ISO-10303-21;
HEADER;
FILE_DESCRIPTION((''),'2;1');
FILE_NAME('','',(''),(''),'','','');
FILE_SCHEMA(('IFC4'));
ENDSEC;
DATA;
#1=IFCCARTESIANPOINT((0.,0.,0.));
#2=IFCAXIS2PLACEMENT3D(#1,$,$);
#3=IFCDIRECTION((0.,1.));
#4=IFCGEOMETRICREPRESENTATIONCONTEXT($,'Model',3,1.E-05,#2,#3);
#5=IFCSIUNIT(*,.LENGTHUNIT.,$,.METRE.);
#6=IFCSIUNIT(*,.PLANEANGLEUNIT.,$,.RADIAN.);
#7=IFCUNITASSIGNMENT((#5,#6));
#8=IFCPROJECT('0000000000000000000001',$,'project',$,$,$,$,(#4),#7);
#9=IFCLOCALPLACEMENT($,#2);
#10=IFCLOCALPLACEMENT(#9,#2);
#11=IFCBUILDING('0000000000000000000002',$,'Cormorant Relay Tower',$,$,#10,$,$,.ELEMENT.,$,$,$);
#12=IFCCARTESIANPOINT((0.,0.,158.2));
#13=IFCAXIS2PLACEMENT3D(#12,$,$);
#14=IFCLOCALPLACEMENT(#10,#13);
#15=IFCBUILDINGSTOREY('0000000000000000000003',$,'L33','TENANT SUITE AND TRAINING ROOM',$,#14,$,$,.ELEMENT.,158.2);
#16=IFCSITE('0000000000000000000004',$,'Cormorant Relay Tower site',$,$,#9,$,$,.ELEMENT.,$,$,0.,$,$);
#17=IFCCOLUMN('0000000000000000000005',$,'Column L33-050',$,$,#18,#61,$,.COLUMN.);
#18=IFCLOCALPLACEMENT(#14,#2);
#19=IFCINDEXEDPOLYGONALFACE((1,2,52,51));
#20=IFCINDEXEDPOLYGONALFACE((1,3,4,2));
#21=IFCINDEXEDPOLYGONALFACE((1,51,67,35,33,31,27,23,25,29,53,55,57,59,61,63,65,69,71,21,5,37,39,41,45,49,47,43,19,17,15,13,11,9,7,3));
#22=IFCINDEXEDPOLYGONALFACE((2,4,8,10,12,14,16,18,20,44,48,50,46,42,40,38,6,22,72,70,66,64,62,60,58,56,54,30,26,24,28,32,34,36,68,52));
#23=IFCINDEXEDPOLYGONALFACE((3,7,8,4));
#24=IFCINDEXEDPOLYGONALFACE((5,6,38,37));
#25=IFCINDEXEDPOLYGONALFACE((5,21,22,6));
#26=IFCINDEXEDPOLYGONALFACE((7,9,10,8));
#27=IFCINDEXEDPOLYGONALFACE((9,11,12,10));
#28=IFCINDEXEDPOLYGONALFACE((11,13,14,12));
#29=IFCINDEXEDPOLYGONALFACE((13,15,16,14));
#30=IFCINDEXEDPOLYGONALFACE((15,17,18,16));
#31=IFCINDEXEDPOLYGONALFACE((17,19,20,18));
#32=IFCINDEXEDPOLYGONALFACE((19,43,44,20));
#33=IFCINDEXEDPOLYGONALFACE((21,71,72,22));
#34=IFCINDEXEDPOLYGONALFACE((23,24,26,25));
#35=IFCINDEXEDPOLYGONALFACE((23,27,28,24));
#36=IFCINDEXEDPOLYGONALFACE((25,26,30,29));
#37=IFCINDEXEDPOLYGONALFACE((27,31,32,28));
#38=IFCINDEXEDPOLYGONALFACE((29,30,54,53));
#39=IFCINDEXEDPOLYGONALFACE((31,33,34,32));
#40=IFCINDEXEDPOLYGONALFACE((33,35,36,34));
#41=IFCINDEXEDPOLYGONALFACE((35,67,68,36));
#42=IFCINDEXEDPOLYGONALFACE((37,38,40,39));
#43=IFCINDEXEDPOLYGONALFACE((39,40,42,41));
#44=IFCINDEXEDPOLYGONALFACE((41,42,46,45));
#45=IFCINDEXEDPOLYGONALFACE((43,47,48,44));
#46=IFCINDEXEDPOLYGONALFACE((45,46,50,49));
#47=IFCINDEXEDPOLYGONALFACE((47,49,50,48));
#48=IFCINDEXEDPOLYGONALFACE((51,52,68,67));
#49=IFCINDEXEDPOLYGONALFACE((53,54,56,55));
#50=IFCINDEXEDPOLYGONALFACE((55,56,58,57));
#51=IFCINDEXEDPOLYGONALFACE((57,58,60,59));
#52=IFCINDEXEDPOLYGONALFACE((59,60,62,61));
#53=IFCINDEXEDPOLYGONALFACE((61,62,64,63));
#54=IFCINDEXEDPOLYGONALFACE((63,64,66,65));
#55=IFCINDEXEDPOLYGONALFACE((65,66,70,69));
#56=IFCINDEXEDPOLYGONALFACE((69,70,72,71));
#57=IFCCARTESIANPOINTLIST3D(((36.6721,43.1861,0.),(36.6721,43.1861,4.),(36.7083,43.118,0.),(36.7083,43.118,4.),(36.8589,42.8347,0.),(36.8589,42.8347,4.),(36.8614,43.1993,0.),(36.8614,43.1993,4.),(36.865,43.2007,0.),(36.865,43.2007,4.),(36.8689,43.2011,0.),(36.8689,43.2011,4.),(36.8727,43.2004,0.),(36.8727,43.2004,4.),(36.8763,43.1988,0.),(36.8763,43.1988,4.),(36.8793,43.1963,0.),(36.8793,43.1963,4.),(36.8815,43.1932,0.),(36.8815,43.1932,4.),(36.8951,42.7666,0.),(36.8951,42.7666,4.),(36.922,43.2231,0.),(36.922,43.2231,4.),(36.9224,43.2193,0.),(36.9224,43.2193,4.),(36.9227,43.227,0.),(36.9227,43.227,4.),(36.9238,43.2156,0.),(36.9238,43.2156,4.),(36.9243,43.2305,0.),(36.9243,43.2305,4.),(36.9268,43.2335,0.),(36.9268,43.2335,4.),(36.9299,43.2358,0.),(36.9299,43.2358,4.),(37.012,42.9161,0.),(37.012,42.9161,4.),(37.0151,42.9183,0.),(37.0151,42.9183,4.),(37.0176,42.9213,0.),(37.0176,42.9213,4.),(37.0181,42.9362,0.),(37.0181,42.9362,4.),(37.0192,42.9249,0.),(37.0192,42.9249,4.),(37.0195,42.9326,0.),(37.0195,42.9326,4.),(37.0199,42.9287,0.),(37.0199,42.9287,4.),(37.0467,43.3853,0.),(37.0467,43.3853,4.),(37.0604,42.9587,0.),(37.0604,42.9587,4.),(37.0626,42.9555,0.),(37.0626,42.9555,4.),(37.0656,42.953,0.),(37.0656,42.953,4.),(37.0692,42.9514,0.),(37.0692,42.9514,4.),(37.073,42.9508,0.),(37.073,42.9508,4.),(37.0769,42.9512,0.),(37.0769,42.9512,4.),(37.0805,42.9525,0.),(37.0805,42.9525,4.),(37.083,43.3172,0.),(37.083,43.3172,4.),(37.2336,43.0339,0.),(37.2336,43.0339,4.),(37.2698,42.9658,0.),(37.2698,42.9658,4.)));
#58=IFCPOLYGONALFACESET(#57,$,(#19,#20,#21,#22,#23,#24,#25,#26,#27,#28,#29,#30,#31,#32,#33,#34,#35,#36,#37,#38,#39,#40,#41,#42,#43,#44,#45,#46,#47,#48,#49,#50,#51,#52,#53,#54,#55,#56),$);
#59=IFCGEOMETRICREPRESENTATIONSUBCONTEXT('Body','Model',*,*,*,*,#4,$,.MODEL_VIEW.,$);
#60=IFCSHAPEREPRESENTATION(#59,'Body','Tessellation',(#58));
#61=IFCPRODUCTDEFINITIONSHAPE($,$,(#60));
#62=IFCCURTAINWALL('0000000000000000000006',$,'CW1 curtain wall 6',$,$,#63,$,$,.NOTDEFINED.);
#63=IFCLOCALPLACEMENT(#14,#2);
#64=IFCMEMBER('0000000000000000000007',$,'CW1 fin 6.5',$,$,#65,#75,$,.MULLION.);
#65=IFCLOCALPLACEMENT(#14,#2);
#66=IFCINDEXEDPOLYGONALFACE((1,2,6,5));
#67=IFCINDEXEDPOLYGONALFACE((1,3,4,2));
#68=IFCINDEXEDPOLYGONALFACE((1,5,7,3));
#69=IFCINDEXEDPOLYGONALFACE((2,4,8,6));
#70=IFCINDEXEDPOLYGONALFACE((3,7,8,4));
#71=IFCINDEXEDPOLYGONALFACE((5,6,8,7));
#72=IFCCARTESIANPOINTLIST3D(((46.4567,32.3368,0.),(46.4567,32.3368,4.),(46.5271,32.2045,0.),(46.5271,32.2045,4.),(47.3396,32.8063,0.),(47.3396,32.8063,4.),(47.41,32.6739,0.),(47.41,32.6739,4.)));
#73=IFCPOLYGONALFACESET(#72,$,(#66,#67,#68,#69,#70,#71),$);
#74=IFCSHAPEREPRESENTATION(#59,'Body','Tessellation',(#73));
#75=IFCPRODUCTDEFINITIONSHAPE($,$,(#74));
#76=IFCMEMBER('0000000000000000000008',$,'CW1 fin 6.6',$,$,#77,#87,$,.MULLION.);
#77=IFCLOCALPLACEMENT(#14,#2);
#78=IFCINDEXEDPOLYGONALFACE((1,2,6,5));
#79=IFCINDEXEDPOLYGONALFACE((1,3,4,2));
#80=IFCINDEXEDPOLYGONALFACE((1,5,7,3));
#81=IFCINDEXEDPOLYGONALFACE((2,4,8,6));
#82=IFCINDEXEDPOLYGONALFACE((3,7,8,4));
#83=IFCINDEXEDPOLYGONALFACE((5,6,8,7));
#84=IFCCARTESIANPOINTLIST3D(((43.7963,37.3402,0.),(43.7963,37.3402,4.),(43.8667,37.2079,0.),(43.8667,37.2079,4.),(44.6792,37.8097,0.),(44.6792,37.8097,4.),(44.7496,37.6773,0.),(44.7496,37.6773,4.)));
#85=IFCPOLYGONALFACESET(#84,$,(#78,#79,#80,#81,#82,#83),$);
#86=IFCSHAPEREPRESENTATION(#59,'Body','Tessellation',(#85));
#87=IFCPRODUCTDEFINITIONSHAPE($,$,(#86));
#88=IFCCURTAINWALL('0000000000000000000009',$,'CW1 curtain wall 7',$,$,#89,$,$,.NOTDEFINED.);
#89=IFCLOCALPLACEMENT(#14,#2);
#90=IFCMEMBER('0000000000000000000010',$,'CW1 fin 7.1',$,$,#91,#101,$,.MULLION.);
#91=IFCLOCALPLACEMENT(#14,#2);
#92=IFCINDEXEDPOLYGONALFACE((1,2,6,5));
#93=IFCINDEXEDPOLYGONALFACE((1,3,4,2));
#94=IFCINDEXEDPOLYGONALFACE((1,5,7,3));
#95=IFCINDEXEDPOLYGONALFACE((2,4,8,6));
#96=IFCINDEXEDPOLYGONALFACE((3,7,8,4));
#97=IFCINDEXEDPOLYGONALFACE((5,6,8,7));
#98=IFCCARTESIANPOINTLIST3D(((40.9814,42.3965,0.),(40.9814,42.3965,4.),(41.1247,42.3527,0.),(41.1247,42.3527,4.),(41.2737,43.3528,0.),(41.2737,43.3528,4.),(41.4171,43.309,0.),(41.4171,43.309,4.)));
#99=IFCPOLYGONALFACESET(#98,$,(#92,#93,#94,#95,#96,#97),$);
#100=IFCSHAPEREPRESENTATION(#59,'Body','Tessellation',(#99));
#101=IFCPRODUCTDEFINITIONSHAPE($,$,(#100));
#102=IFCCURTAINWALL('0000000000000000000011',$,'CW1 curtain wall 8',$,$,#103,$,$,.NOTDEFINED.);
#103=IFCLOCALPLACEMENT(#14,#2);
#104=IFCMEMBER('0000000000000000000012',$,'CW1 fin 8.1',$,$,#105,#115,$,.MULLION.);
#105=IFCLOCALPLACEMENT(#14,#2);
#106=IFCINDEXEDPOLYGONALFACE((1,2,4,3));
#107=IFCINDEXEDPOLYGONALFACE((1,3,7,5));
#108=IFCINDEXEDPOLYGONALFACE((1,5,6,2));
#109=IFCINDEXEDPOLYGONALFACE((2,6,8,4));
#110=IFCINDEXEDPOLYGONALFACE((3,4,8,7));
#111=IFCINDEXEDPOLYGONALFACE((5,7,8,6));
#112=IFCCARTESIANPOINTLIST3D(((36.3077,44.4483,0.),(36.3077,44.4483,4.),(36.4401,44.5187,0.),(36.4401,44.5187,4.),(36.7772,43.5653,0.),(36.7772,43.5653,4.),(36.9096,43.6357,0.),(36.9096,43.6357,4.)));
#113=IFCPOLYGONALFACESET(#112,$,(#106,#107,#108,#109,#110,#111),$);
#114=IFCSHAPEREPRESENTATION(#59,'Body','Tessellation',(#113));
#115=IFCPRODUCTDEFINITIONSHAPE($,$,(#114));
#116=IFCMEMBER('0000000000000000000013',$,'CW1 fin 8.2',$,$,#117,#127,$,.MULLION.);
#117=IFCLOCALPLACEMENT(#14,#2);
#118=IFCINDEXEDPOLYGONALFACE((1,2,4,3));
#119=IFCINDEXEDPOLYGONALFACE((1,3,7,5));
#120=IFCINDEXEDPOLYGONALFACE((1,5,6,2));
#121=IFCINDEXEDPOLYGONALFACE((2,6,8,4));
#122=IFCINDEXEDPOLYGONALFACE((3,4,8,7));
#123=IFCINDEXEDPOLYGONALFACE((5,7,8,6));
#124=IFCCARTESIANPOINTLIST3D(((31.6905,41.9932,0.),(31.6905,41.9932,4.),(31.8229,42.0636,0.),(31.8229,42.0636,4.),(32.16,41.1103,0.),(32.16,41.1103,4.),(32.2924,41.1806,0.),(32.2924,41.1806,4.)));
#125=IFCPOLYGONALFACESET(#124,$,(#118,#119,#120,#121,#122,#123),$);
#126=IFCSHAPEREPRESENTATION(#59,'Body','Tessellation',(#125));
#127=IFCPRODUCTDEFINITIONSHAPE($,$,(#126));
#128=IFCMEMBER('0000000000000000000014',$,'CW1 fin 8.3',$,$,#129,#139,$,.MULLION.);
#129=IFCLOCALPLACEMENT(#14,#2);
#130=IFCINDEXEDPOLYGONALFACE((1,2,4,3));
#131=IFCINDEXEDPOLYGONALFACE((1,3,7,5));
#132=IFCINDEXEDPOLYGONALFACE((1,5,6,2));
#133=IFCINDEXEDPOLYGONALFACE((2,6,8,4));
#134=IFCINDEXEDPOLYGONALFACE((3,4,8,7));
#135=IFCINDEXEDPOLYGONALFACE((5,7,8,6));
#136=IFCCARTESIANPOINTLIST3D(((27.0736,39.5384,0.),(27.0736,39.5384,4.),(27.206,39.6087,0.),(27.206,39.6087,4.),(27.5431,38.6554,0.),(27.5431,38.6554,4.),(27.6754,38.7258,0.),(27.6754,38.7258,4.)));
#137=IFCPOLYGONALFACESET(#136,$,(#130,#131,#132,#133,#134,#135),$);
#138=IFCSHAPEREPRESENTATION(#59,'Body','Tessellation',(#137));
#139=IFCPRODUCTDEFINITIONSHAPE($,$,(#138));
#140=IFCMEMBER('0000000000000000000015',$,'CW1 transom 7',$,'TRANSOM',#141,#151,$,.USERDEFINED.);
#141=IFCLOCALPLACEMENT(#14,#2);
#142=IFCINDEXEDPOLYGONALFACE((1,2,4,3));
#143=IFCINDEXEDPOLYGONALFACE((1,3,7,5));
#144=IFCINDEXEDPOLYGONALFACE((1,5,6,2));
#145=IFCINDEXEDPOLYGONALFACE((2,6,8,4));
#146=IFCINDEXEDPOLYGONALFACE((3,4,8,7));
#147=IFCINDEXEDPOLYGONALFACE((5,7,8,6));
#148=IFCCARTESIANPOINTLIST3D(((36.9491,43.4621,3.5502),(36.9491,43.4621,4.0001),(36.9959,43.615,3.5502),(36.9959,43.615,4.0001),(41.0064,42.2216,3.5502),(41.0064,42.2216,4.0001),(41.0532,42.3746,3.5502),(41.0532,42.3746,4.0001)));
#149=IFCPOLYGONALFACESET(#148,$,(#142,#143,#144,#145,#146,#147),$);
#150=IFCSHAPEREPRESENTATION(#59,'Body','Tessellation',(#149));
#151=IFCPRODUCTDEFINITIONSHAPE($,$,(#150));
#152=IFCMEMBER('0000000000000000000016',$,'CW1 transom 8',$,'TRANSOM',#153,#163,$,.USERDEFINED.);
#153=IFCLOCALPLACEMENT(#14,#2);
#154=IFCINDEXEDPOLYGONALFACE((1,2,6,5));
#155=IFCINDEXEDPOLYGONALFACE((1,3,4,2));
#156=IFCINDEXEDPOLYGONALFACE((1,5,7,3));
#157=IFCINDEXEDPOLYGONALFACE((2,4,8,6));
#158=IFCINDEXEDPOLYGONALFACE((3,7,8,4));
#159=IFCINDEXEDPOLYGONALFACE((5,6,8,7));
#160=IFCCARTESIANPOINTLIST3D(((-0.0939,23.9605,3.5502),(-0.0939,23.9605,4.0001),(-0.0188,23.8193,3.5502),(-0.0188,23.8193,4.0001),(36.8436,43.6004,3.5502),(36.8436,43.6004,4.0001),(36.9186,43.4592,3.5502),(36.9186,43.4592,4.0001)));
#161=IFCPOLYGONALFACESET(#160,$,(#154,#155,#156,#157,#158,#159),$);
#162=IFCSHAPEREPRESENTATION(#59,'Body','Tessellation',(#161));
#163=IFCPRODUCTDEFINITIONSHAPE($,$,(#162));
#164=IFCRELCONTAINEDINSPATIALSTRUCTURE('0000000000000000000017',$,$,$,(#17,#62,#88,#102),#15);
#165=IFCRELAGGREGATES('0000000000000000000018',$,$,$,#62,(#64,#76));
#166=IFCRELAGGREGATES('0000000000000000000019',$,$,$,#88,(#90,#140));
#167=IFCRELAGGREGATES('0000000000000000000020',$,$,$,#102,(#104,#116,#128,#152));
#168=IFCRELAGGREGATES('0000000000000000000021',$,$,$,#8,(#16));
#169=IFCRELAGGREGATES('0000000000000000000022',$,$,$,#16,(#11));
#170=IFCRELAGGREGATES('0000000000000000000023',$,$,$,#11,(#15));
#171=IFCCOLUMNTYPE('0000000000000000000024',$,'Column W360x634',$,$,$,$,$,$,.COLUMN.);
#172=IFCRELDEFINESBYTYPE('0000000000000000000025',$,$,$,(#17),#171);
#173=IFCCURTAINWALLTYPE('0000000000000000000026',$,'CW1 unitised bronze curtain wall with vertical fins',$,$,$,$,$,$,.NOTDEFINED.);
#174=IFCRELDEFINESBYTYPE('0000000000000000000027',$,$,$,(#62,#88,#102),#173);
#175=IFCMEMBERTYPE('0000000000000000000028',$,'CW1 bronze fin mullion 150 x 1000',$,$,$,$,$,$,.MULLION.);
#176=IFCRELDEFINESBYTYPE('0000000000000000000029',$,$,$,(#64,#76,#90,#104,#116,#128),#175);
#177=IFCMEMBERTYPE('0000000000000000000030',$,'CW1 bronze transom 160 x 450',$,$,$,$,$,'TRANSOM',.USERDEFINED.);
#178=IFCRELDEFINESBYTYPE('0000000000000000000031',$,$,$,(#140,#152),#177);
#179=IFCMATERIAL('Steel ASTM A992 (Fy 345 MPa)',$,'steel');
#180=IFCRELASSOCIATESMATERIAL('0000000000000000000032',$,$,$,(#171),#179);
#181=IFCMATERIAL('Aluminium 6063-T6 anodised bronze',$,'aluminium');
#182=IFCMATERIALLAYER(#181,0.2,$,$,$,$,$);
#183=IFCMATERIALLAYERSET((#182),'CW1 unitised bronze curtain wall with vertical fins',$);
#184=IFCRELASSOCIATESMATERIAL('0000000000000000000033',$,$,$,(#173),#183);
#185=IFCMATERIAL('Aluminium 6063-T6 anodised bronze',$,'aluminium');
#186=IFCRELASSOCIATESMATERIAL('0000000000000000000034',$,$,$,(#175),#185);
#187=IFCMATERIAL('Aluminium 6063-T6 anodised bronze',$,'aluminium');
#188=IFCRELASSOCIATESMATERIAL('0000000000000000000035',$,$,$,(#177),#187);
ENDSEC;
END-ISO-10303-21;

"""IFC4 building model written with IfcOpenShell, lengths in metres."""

from ifc_helpers import new_model, si_unit, direction, frame, origin, origin_2d, place, context, subcontext, project, spatial, rectangle, i_section, extrude, material, layer, layer_set, material_profile, profile_set, type_object, element, aggregate, save


model = new_model("IFC4")

# Units and contexts
model_context = context("Model", 3, precision=1e-05, world=origin(), true_north=direction((0.0, 1.0)))
body_context = subcontext(model_context, "Body", "Model", "MODEL_VIEW")
ifc_project = project(units=[si_unit("LENGTHUNIT", "METRE"), si_unit("PLANEANGLEUNIT", "RADIAN")], contexts=[model_context])

# Site, building, storey
site_placement = place(None, origin())
site = spatial("IfcSite", under=ifc_project, at=site_placement, Name="Cormorant Relay Tower site", CompositionType="ELEMENT", RefElevation=0.0)
building_placement = place(site_placement, origin())
building = spatial("IfcBuilding", under=site, at=building_placement, Name="Cormorant Relay Tower", CompositionType="ELEMENT")
storey_placement = place(building_placement, frame((0.0, 0.0, 158.2)))
storey = spatial("IfcBuildingStorey", under=building, at=storey_placement, Name="L33", Description="TENANT SUITE AND TRAINING ROOM", CompositionType="ELEMENT", Elevation=158.2)

# Column
ifc_material_1 = material(Name="Steel ASTM A992 (Fy 345 MPa)", Category="steel")
ifc_material_profile_1 = material_profile(ifc_material_1, i_section(OverallWidth=0.4243, OverallDepth=0.4751, WebThickness=0.0479, FlangeThickness=0.0771, FilletRadius=0.0149, at=origin_2d()), Name="W360x634")
ifc_profile_set_1 = profile_set([ifc_material_profile_1], Name="Steel ASTM A992 (Fy 345 MPa)")
column_type_1 = type_object("IfcColumnType", Name="Column W360x634", PredefinedType="COLUMN", material=ifc_profile_set_1)
for number, where, z_axis, x_axis, name in (
    (1, (36.9709, 43.0759, 0.0), (0.0, 0.0, 1.0), (-0.882948, -0.469472, 0.0), "Column L33-050"),
):
    element("IfcColumn", number, at=place(storey_placement, frame(where, z_axis=z_axis, x_axis=x_axis)), inside=storey, type_object=column_type_1, Name=name, PredefinedType="COLUMN", context=body_context, shape_type="SweptSolid", body=[
        extrude(i_section(OverallWidth=0.4243, OverallDepth=0.4751, WebThickness=0.0479, FlangeThickness=0.0771, FilletRadius=0.0149, at=origin_2d()), origin(), (0.0, 0.0, 1.0), 4.0),
    ])

# Curtain wall, members
ifc_material_2 = material(Name="Aluminium 6063-T6 anodised bronze", Category="aluminium")
ifc_layer_1 = layer(ifc_material_2, 0.2)
ifc_layer_set_1 = layer_set([ifc_layer_1], Name="CW1 unitised bronze curtain wall with vertical fins")
curtain_wall_type = type_object("IfcCurtainWallType", Name="CW1 unitised bronze curtain wall with vertical fins", PredefinedType="NOTDEFINED", material=ifc_layer_set_1)
curtain_wall_1_placement = place(storey_placement, origin())
curtain_wall_1 = element("IfcCurtainWall", 2, at=curtain_wall_1_placement, inside=storey, type_object=curtain_wall_type, Name="CW1 curtain wall 6", PredefinedType="NOTDEFINED")
ifc_material_3 = material(Name="Aluminium 6063-T6 anodised bronze", Category="aluminium")
ifc_material_profile_2 = material_profile(ifc_material_3, rectangle(XDim=0.1499, YDim=1.0, at=origin_2d()), Name="AL 150x1000")
ifc_profile_set_2 = profile_set([ifc_material_profile_2], Name="Aluminium 6063-T6 anodised bronze")
member_type_1 = type_object("IfcMemberType", Name="CW1 bronze fin mullion 150 x 1000", PredefinedType="MULLION", material=ifc_profile_set_2)
member_1_placement = place(storey_placement, frame((46.9333, 32.5054, 0.0), z_axis=(0.0, 0.0, 1.0), x_axis=(-0.469472, 0.882948, 0.0)))
member_1 = element("IfcMember", 3, at=member_1_placement, type_object=member_type_1, Name="CW1 fin 6.5", PredefinedType="MULLION", context=body_context, shape_type="SweptSolid", body=[
    extrude(rectangle(XDim=0.1499, YDim=1.0, at=origin_2d()), origin(), (0.0, 0.0, 1.0), 4.0),
])
member_2_placement = place(storey_placement, frame((44.2729, 37.5088, 0.0), z_axis=(0.0, 0.0, 1.0), x_axis=(-0.469472, 0.882948, 0.0)))
member_2 = element("IfcMember", 4, at=member_2_placement, type_object=member_type_1, Name="CW1 fin 6.6", PredefinedType="MULLION", context=body_context, shape_type="SweptSolid", body=[
    extrude(rectangle(XDim=0.1499, YDim=1.0, at=origin_2d()), origin(), (0.0, 0.0, 1.0), 4.0),
])

# Curtain wall, member
curtain_wall_2_placement = place(storey_placement, origin())
curtain_wall_2 = element("IfcCurtainWall", 5, at=curtain_wall_2_placement, inside=storey, type_object=curtain_wall_type, Name="CW1 curtain wall 7", PredefinedType="NOTDEFINED")
member_3_placement = place(storey_placement, frame((41.1992, 42.8528, 0.0), z_axis=(0.0, 0.0, 1.0), x_axis=(-0.956305, 0.292372, 0.0)))
member_3 = element("IfcMember", 6, at=member_3_placement, type_object=member_type_1, Name="CW1 fin 7.1", PredefinedType="MULLION", context=body_context, shape_type="SweptSolid", body=[
    extrude(rectangle(XDim=0.1499, YDim=1.0, at=origin_2d()), origin(), (0.0, 0.0, 1.0), 4.0),
])

# Curtain wall, members
curtain_wall_3_placement = place(storey_placement, origin())
curtain_wall_3 = element("IfcCurtainWall", 7, at=curtain_wall_3_placement, inside=storey, type_object=curtain_wall_type, Name="CW1 curtain wall 8", PredefinedType="NOTDEFINED")
member_4_placement = place(storey_placement, frame((36.6086, 44.042, 0.0), z_axis=(0.0, 0.0, 1.0), x_axis=(-0.882948, -0.469472, 0.0)))
member_4 = element("IfcMember", 8, at=member_4_placement, type_object=member_type_1, Name="CW1 fin 8.1", PredefinedType="MULLION", context=body_context, shape_type="SweptSolid", body=[
    extrude(rectangle(XDim=0.1499, YDim=1.0, at=origin_2d()), origin(), (0.0, 0.0, 1.0), 4.0),
])
member_5_placement = place(storey_placement, frame((31.9915, 41.5869, 0.0), z_axis=(0.0, 0.0, 1.0), x_axis=(-0.882948, -0.469472, 0.0)))
member_5 = element("IfcMember", 9, at=member_5_placement, type_object=member_type_1, Name="CW1 fin 8.2", PredefinedType="MULLION", context=body_context, shape_type="SweptSolid", body=[
    extrude(rectangle(XDim=0.1499, YDim=1.0, at=origin_2d()), origin(), (0.0, 0.0, 1.0), 4.0),
])
member_6_placement = place(storey_placement, frame((27.3745, 39.1321, 0.0), z_axis=(0.0, 0.0, 1.0), x_axis=(-0.882948, -0.469472, 0.0)))
member_6 = element("IfcMember", 10, at=member_6_placement, type_object=member_type_1, Name="CW1 fin 8.3", PredefinedType="MULLION", context=body_context, shape_type="SweptSolid", body=[
    extrude(rectangle(XDim=0.1499, YDim=1.0, at=origin_2d()), origin(), (0.0, 0.0, 1.0), 4.0),
])

# Members
ifc_material_4 = material(Name="Aluminium 6063-T6 anodised bronze", Category="aluminium")
ifc_material_profile_3 = material_profile(ifc_material_4, rectangle(XDim=0.1599, YDim=0.45, at=origin_2d()), Name="AL 160x450")
ifc_profile_set_3 = profile_set([ifc_material_profile_3], Name="Aluminium 6063-T6 anodised bronze")
member_type_2 = type_object("IfcMemberType", Name="CW1 bronze transom 160 x 450", ElementType="TRANSOM", PredefinedType="USERDEFINED", material=ifc_profile_set_3)
member_7_placement = place(storey_placement, frame((41.0298, 42.2981, 3.7751), z_axis=(-0.956304, 0.292375, 0.0), x_axis=(-0.292375, -0.956304, 0.0)))
member_7 = element("IfcMember", 11, at=member_7_placement, type_object=member_type_2, Name="CW1 transom 7", ObjectType="TRANSOM", PredefinedType="USERDEFINED", context=body_context, shape_type="SweptSolid", body=[
    extrude(rectangle(XDim=0.1599, YDim=0.45, at=origin_2d()), origin(), (0.0, 0.0, 1.0), 4.2427),
])
member_8_placement = place(storey_placement, frame((36.8811, 43.5298, 3.7751), z_axis=(-0.882949, -0.469469, 0.0), x_axis=(0.469469, -0.882949, 0.0)))
member_8 = element("IfcMember", 12, at=member_8_placement, type_object=member_type_2, Name="CW1 transom 8", ObjectType="TRANSOM", PredefinedType="USERDEFINED", context=body_context, shape_type="SweptSolid", body=[
    extrude(rectangle(XDim=0.1599, YDim=0.45, at=origin_2d()), origin(), (0.0, 0.0, 1.0), 41.8342),
])

aggregate(curtain_wall_1, [member_1, member_2])
aggregate(curtain_wall_2, [member_3, member_7])
aggregate(curtain_wall_3, [member_4, member_5, member_6, member_8])

save(model, "model.ifc")
